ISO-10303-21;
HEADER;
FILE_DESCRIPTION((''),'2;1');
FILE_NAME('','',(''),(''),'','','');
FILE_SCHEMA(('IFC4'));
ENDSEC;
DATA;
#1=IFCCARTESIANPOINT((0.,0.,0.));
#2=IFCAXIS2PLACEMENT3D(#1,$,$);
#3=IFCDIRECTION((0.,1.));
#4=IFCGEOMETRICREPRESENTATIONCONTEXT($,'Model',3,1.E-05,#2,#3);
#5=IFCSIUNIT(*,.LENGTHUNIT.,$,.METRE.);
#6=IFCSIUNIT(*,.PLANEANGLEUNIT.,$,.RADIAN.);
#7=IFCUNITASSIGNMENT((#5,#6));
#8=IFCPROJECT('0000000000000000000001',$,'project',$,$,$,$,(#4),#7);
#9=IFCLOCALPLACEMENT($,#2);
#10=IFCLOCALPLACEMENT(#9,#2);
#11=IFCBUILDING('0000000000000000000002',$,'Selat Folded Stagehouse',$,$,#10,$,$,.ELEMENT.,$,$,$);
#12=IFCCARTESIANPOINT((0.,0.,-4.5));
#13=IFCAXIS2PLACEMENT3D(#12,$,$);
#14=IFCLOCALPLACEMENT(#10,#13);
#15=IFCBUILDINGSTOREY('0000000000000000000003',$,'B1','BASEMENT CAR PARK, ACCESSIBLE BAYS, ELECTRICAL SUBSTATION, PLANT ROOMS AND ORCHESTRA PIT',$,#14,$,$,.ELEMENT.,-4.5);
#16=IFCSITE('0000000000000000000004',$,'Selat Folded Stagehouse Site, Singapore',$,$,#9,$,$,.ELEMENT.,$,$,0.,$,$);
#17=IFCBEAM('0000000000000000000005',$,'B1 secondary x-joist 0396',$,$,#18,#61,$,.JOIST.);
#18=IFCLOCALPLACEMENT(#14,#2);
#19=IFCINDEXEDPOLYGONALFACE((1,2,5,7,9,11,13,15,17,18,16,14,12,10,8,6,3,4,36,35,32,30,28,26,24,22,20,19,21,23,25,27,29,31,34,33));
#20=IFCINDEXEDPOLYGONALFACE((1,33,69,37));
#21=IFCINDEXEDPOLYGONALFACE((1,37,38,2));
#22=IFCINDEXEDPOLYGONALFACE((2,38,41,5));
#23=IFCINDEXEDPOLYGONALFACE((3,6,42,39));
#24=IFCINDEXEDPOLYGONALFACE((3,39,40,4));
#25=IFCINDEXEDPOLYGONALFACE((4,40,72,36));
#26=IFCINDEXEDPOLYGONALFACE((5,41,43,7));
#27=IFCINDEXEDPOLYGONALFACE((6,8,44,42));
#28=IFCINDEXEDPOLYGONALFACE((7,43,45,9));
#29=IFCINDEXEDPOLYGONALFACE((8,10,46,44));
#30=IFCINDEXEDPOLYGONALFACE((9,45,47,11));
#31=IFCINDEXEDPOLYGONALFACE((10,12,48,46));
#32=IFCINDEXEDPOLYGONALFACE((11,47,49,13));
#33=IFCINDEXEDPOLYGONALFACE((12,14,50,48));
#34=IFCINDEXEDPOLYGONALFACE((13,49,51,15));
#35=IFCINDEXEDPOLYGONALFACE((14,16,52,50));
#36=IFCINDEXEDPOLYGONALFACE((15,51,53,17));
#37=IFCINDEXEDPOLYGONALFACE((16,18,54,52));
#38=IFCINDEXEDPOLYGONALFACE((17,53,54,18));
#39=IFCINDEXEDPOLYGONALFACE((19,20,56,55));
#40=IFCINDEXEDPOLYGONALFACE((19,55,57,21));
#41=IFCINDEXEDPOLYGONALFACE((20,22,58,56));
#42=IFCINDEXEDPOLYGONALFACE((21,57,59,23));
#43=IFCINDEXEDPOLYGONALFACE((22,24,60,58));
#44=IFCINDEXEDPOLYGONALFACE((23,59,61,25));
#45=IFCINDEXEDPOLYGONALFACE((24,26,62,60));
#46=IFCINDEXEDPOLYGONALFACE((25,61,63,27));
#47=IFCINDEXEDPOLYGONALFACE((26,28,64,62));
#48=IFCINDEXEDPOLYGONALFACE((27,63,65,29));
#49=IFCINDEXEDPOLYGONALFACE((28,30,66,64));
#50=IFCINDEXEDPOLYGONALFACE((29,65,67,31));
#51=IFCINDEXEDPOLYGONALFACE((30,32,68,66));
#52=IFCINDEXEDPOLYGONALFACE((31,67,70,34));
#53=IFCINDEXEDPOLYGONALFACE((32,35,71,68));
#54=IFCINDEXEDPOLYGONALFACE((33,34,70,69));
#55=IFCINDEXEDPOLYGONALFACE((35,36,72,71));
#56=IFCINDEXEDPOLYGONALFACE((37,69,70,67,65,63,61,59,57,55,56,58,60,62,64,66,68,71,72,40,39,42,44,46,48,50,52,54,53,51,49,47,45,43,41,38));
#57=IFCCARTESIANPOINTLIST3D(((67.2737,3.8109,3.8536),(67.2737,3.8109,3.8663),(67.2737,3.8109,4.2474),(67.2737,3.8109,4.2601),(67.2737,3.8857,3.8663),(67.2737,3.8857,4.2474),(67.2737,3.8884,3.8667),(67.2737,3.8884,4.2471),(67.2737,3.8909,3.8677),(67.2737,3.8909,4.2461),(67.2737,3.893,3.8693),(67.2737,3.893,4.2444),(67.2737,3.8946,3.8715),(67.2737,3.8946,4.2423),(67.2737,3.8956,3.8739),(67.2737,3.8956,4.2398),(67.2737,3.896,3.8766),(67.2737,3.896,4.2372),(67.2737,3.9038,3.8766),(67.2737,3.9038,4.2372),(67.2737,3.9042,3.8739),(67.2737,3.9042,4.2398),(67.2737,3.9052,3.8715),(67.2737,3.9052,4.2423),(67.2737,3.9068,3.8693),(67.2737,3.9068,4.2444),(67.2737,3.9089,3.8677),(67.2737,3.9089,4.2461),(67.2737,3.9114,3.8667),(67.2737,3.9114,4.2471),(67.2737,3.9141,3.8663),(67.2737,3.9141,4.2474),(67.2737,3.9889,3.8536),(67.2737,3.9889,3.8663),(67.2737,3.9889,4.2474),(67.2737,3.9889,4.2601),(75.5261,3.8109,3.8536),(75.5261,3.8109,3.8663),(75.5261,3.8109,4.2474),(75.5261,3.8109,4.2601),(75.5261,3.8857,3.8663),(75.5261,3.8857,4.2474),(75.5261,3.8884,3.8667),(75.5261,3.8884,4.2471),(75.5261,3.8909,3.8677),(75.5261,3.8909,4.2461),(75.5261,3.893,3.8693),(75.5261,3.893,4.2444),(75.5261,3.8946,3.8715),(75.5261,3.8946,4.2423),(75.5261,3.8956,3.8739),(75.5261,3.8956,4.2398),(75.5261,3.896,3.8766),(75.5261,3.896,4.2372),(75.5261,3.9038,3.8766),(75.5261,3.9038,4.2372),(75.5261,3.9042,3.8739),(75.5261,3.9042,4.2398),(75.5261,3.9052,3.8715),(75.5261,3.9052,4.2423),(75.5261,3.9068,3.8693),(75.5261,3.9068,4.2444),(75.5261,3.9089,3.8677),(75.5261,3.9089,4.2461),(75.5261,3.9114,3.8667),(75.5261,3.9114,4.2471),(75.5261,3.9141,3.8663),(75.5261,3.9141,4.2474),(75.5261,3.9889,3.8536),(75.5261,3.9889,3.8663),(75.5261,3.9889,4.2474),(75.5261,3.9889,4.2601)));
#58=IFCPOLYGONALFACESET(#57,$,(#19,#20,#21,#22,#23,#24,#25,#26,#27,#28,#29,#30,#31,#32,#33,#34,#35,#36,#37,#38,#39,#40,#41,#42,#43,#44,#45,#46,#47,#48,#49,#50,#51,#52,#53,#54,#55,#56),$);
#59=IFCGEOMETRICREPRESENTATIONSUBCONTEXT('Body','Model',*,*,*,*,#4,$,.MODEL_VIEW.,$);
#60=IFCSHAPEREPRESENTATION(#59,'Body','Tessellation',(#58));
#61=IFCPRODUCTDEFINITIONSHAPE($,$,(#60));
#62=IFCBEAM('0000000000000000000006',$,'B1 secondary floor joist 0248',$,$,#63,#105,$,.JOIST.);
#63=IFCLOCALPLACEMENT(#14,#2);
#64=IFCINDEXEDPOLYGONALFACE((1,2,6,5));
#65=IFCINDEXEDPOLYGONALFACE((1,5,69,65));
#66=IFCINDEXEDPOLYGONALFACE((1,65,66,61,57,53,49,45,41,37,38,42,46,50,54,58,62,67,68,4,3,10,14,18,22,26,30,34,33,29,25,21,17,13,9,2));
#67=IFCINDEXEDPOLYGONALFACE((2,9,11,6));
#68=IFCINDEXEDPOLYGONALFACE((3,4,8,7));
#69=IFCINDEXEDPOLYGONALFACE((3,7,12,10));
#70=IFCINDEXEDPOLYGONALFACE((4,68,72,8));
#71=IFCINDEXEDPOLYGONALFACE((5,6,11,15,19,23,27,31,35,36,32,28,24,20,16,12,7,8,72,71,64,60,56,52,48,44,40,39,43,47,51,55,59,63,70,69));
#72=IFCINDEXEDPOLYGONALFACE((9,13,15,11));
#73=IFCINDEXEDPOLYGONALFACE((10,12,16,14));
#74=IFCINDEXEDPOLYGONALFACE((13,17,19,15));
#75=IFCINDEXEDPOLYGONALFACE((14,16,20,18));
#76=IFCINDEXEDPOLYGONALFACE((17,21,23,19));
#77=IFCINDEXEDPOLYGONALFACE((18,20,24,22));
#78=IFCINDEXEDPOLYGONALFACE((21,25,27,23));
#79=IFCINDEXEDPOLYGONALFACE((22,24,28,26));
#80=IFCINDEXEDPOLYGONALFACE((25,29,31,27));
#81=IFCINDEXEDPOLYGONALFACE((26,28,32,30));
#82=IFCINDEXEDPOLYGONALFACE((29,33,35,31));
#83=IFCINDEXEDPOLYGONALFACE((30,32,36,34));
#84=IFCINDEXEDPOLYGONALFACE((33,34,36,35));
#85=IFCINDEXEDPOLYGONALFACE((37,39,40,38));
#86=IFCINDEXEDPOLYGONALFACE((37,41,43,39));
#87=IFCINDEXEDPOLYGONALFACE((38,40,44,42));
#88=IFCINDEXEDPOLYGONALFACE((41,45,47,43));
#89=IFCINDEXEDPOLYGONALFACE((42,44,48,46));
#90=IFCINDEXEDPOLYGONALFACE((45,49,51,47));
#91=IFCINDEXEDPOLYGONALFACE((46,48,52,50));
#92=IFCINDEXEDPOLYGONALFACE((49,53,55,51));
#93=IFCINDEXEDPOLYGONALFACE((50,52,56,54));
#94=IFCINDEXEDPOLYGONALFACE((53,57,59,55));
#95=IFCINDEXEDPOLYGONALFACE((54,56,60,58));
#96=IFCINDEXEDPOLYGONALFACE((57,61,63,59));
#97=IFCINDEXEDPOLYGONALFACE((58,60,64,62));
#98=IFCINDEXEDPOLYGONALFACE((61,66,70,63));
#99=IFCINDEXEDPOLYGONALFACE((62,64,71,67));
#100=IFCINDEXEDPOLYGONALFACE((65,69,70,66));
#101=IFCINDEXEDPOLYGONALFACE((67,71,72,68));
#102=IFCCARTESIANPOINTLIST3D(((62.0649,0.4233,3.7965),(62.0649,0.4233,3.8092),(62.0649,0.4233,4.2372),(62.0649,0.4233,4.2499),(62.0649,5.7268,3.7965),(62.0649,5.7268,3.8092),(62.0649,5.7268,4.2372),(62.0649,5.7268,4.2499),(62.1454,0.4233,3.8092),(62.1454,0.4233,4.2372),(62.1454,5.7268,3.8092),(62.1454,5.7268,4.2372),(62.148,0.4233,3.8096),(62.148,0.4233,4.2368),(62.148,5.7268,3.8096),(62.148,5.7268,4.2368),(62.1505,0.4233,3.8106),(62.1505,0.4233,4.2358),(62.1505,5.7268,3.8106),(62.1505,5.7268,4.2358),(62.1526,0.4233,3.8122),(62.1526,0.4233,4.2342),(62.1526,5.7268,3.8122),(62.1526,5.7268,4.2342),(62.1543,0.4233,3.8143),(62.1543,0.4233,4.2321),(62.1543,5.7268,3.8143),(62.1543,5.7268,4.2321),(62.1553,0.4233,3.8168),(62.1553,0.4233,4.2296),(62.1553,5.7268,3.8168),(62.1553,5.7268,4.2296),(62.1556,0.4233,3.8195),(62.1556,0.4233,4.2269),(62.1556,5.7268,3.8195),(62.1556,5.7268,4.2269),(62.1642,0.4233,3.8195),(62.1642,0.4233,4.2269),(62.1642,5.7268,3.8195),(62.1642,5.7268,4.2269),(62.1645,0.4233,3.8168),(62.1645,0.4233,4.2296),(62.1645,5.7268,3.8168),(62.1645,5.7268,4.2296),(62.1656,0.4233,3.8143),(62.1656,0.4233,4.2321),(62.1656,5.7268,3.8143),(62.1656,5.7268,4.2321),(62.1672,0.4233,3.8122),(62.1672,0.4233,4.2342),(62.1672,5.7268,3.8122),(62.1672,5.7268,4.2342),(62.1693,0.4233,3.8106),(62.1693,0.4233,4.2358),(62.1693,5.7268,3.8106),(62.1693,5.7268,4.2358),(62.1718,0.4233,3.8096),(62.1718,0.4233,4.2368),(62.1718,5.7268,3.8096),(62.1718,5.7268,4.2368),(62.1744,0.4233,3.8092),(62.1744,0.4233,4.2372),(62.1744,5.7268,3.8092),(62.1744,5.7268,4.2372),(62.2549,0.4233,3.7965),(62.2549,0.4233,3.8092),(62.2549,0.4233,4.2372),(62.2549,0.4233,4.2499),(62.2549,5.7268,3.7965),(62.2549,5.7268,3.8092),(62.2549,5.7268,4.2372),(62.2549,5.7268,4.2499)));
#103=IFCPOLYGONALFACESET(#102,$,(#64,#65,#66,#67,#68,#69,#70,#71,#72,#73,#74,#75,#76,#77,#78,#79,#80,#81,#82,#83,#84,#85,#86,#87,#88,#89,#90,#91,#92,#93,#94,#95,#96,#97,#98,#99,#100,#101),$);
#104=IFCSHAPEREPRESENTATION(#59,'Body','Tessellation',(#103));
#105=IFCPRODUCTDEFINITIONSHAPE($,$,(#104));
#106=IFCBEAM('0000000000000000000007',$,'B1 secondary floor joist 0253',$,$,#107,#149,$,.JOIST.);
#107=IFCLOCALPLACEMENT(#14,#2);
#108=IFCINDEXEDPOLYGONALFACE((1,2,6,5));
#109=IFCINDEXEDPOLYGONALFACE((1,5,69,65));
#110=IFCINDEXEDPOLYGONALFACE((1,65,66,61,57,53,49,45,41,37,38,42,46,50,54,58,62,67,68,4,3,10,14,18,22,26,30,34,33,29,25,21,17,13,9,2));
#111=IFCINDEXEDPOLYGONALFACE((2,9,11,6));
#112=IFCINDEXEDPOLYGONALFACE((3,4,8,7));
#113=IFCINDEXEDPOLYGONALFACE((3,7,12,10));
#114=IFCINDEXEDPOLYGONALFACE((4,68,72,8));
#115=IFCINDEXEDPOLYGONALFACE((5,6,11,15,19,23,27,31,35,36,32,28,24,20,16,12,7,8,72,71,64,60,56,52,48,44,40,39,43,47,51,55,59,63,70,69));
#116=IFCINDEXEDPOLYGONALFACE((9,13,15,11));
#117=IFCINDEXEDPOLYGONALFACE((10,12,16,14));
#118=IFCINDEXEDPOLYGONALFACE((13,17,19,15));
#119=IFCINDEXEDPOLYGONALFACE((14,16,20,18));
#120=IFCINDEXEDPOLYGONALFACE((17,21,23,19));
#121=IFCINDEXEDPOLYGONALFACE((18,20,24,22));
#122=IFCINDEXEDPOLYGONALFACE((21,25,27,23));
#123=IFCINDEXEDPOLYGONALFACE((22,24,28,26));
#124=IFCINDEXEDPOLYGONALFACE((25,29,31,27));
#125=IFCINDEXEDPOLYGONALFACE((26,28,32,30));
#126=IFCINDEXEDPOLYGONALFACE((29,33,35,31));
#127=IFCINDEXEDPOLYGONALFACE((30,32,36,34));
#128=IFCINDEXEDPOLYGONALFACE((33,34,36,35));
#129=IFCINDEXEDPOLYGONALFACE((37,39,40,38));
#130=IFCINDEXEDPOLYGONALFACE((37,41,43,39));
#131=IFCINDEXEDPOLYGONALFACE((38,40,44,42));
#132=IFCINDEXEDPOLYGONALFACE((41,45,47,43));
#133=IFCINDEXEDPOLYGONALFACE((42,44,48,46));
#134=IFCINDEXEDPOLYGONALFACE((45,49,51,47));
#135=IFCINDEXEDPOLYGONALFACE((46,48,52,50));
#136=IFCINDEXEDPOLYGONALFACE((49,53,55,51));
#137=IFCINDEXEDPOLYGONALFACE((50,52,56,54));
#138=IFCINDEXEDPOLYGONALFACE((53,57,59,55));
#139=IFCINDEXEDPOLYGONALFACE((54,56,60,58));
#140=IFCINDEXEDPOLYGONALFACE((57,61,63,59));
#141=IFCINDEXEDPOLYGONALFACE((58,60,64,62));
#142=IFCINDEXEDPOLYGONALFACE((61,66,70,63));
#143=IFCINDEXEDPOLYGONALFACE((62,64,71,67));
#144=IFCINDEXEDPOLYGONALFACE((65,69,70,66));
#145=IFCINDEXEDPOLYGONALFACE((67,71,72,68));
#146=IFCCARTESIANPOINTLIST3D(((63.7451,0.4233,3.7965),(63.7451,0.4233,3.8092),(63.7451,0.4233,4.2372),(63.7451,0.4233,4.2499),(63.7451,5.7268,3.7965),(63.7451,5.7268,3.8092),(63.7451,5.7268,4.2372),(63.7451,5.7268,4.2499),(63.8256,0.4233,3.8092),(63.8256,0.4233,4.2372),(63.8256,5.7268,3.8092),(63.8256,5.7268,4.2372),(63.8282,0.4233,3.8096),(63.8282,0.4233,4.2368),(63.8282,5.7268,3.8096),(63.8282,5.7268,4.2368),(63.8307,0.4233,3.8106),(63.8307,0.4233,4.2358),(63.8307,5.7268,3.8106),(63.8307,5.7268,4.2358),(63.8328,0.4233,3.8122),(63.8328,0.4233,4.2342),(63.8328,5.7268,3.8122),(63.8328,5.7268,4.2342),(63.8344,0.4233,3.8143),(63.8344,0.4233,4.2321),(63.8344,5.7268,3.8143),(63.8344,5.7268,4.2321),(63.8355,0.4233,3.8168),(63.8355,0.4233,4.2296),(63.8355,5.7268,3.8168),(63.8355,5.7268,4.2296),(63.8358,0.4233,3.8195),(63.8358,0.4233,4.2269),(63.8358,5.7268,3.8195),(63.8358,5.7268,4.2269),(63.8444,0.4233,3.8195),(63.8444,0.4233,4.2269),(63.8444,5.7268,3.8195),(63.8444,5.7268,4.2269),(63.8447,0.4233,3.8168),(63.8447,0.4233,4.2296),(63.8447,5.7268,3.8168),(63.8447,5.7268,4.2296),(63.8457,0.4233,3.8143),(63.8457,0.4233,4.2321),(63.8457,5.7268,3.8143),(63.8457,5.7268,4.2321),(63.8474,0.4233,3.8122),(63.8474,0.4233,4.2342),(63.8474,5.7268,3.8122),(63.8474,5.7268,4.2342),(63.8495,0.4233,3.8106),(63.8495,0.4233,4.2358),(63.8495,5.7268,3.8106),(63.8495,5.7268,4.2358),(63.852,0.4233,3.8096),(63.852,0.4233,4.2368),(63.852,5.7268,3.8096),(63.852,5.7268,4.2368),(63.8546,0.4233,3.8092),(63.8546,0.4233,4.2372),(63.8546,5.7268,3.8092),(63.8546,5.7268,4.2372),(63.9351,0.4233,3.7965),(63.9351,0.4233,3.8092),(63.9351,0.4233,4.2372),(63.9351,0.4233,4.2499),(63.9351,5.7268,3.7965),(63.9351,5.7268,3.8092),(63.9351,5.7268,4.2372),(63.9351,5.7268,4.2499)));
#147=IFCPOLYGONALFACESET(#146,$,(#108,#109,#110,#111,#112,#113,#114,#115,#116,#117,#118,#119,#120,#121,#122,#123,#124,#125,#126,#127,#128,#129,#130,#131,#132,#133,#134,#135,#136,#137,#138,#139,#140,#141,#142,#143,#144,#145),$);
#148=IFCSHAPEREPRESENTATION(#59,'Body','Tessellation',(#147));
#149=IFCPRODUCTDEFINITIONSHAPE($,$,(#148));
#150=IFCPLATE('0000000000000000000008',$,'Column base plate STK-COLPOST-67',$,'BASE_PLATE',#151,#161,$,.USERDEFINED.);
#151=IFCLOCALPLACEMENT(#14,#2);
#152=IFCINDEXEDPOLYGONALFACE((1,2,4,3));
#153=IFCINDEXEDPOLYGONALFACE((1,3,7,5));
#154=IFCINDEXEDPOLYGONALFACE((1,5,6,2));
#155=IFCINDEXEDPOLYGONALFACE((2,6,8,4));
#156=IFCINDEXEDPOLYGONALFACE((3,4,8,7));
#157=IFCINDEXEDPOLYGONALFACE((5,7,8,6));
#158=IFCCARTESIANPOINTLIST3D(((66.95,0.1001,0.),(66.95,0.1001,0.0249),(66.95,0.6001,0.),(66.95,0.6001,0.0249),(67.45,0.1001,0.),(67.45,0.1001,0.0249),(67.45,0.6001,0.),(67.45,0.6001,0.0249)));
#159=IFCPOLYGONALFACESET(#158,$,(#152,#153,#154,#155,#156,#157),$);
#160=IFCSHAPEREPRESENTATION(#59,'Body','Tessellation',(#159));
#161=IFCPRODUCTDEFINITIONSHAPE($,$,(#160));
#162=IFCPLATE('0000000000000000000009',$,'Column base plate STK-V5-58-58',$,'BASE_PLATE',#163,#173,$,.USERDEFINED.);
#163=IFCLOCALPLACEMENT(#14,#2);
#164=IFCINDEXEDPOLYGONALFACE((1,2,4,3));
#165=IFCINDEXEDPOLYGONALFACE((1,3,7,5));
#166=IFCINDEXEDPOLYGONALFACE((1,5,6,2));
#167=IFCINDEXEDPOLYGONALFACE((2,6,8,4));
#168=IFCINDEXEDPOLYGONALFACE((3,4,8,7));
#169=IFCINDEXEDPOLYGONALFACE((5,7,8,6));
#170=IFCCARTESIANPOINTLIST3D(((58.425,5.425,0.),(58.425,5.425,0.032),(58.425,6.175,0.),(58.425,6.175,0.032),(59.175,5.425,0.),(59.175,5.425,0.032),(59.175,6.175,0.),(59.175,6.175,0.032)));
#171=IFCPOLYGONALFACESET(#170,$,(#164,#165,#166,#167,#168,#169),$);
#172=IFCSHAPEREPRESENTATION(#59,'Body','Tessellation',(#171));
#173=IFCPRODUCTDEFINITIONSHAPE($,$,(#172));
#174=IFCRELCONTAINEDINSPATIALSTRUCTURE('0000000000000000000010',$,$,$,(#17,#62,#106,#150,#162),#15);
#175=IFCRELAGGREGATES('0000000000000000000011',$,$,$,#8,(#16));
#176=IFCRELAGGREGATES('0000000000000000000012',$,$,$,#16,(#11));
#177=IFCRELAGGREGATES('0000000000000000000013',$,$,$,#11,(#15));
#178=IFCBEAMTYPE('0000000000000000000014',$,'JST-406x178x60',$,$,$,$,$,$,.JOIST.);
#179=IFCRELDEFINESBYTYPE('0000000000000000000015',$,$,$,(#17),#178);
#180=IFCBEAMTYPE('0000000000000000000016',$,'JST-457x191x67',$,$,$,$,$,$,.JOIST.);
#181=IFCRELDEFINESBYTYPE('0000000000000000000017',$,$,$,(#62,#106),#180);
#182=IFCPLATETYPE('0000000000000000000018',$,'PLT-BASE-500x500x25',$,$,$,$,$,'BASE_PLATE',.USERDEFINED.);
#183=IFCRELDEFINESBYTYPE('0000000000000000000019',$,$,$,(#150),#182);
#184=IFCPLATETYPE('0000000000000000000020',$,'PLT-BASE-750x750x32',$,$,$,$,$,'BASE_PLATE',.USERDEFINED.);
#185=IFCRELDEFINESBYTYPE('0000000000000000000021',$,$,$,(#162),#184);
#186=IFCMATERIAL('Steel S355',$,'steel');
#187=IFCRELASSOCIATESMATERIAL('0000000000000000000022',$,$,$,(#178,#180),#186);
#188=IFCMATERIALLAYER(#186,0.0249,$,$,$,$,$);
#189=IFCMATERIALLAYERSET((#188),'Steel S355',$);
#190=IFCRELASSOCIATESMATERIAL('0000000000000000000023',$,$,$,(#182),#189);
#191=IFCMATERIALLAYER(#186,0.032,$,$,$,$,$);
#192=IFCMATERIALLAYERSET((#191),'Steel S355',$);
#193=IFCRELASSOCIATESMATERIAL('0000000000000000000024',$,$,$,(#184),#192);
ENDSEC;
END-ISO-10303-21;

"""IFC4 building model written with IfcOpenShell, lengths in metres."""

from ifc_helpers import new_model, si_unit, direction, frame, origin, origin_2d, place, context, subcontext, project, spatial, rectangle, i_section, extrude, material, layer, layer_set, material_profile, profile_set, type_object, element, save


model = new_model("IFC4")

# Units and contexts
model_context = context("Model", 3, precision=1e-05, world=origin(), true_north=direction((0.0, 1.0)))
body_context = subcontext(model_context, "Body", "Model", "MODEL_VIEW")
ifc_project = project(units=[si_unit("LENGTHUNIT", "METRE"), si_unit("PLANEANGLEUNIT", "RADIAN")], contexts=[model_context])

# Site, building, storey
site_placement = place(None, origin())
site = spatial("IfcSite", under=ifc_project, at=site_placement, Name="Selat Folded Stagehouse Site, Singapore", CompositionType="ELEMENT", RefElevation=0.0)
building_placement = place(site_placement, origin())
building = spatial("IfcBuilding", under=site, at=building_placement, Name="Selat Folded Stagehouse", CompositionType="ELEMENT")
storey_placement = place(building_placement, frame((0.0, 0.0, -4.5)))
storey = spatial("IfcBuildingStorey", under=building, at=storey_placement, Name="B1", Description="BASEMENT CAR PARK, ACCESSIBLE BAYS, ELECTRICAL SUBSTATION, PLANT ROOMS AND ORCHESTRA PIT", CompositionType="ELEMENT", Elevation=-4.5)

# Shared definitions
ifc_material_1 = material(Name="Steel S355", Category="steel")

# Beams
ifc_material_profile_1 = material_profile(ifc_material_1, i_section(OverallWidth=0.178, OverallDepth=0.4065, WebThickness=0.0078, FlangeThickness=0.0127, FilletRadius=0.0103, at=origin_2d()), Name="UKB 406x178x60")
ifc_profile_set_1 = profile_set([ifc_material_profile_1], Name="Steel S355")
beam_type_1 = type_object("IfcBeamType", Name="JST-406x178x60", PredefinedType="JOIST", material=ifc_profile_set_1)
for number, where, z_axis, x_axis, name in (
    (1, (67.2737, 3.8999, 4.0569), (1.0, 0.0, 0.0), (0.0, 1.0, 0.0), "B1 secondary x-joist 0396"),
):
    element("IfcBeam", number, at=place(storey_placement, frame(where, z_axis=z_axis, x_axis=x_axis)), inside=storey, type_object=beam_type_1, Name=name, PredefinedType="JOIST", context=body_context, shape_type="SweptSolid", body=[
        extrude(i_section(OverallWidth=0.178, OverallDepth=0.4065, WebThickness=0.0078, FlangeThickness=0.0127, FilletRadius=0.0103, at=origin_2d()), origin(), (0.0, 0.0, 1.0), 8.2524),
    ])
ifc_material_profile_2 = material_profile(ifc_material_1, i_section(OverallWidth=0.1899, OverallDepth=0.4534, WebThickness=0.0085, FlangeThickness=0.0127, FilletRadius=0.0103, at=origin_2d()), Name="UKB 457x191x67")
ifc_profile_set_2 = profile_set([ifc_material_profile_2], Name="Steel S355")
beam_type_2 = type_object("IfcBeamType", Name="JST-457x191x67", PredefinedType="JOIST", material=ifc_profile_set_2)
for number, where, z_axis, x_axis, name in (
    (2, (62.1599, 0.4233, 4.0232), (0.0, 1.0, 0.0), (-1.0, 0.0, 0.0), "B1 secondary floor joist 0248"),
    (3, (63.8401, 0.4233, 4.0232), (0.0, 1.0, 0.0), (-1.0, 0.0, 0.0), "B1 secondary floor joist 0253"),
):
    element("IfcBeam", number, at=place(storey_placement, frame(where, z_axis=z_axis, x_axis=x_axis)), inside=storey, type_object=beam_type_2, Name=name, PredefinedType="JOIST", context=body_context, shape_type="SweptSolid", body=[
        extrude(i_section(OverallWidth=0.1899, OverallDepth=0.4534, WebThickness=0.0085, FlangeThickness=0.0127, FilletRadius=0.0103, at=origin_2d()), origin(), (0.0, 0.0, 1.0), 5.3035),
    ])

# Plates
ifc_layer_1 = layer(ifc_material_1, 0.0249)
ifc_layer_set_1 = layer_set([ifc_layer_1], Name="Steel S355")
plate_type_1 = type_object("IfcPlateType", Name="PLT-BASE-500x500x25", ElementType="BASE_PLATE", PredefinedType="USERDEFINED", material=ifc_layer_set_1)
plate_1_placement = place(storey_placement, frame((67.2, 0.3501, 0.0), z_axis=(0.0, 0.0, 1.0), x_axis=(1.0, 0.0, 0.0)))
element("IfcPlate", 4, at=plate_1_placement, inside=storey, type_object=plate_type_1, Name="Column base plate STK-COLPOST-67", ObjectType="BASE_PLATE", PredefinedType="USERDEFINED", context=body_context, shape_type="SweptSolid", body=[
    extrude(rectangle(XDim=0.5, YDim=0.5, at=origin_2d()), origin(), (0.0, 0.0, 1.0), 0.0249),
])
ifc_layer_2 = layer(ifc_material_1, 0.032)
ifc_layer_set_2 = layer_set([ifc_layer_2], Name="Steel S355")
plate_type_2 = type_object("IfcPlateType", Name="PLT-BASE-750x750x32", ElementType="BASE_PLATE", PredefinedType="USERDEFINED", material=ifc_layer_set_2)
plate_2_placement = place(storey_placement, frame((58.8, 5.8, 0.0), z_axis=(0.0, 0.0, 1.0), x_axis=(1.0, 0.0, 0.0)))
element("IfcPlate", 5, at=plate_2_placement, inside=storey, type_object=plate_type_2, Name="Column base plate STK-V5-58-58", ObjectType="BASE_PLATE", PredefinedType="USERDEFINED", context=body_context, shape_type="SweptSolid", body=[
    extrude(rectangle(XDim=0.75, YDim=0.75, at=origin_2d()), origin(), (0.0, 0.0, 1.0), 0.032),
])

save(model, "model.ifc")
